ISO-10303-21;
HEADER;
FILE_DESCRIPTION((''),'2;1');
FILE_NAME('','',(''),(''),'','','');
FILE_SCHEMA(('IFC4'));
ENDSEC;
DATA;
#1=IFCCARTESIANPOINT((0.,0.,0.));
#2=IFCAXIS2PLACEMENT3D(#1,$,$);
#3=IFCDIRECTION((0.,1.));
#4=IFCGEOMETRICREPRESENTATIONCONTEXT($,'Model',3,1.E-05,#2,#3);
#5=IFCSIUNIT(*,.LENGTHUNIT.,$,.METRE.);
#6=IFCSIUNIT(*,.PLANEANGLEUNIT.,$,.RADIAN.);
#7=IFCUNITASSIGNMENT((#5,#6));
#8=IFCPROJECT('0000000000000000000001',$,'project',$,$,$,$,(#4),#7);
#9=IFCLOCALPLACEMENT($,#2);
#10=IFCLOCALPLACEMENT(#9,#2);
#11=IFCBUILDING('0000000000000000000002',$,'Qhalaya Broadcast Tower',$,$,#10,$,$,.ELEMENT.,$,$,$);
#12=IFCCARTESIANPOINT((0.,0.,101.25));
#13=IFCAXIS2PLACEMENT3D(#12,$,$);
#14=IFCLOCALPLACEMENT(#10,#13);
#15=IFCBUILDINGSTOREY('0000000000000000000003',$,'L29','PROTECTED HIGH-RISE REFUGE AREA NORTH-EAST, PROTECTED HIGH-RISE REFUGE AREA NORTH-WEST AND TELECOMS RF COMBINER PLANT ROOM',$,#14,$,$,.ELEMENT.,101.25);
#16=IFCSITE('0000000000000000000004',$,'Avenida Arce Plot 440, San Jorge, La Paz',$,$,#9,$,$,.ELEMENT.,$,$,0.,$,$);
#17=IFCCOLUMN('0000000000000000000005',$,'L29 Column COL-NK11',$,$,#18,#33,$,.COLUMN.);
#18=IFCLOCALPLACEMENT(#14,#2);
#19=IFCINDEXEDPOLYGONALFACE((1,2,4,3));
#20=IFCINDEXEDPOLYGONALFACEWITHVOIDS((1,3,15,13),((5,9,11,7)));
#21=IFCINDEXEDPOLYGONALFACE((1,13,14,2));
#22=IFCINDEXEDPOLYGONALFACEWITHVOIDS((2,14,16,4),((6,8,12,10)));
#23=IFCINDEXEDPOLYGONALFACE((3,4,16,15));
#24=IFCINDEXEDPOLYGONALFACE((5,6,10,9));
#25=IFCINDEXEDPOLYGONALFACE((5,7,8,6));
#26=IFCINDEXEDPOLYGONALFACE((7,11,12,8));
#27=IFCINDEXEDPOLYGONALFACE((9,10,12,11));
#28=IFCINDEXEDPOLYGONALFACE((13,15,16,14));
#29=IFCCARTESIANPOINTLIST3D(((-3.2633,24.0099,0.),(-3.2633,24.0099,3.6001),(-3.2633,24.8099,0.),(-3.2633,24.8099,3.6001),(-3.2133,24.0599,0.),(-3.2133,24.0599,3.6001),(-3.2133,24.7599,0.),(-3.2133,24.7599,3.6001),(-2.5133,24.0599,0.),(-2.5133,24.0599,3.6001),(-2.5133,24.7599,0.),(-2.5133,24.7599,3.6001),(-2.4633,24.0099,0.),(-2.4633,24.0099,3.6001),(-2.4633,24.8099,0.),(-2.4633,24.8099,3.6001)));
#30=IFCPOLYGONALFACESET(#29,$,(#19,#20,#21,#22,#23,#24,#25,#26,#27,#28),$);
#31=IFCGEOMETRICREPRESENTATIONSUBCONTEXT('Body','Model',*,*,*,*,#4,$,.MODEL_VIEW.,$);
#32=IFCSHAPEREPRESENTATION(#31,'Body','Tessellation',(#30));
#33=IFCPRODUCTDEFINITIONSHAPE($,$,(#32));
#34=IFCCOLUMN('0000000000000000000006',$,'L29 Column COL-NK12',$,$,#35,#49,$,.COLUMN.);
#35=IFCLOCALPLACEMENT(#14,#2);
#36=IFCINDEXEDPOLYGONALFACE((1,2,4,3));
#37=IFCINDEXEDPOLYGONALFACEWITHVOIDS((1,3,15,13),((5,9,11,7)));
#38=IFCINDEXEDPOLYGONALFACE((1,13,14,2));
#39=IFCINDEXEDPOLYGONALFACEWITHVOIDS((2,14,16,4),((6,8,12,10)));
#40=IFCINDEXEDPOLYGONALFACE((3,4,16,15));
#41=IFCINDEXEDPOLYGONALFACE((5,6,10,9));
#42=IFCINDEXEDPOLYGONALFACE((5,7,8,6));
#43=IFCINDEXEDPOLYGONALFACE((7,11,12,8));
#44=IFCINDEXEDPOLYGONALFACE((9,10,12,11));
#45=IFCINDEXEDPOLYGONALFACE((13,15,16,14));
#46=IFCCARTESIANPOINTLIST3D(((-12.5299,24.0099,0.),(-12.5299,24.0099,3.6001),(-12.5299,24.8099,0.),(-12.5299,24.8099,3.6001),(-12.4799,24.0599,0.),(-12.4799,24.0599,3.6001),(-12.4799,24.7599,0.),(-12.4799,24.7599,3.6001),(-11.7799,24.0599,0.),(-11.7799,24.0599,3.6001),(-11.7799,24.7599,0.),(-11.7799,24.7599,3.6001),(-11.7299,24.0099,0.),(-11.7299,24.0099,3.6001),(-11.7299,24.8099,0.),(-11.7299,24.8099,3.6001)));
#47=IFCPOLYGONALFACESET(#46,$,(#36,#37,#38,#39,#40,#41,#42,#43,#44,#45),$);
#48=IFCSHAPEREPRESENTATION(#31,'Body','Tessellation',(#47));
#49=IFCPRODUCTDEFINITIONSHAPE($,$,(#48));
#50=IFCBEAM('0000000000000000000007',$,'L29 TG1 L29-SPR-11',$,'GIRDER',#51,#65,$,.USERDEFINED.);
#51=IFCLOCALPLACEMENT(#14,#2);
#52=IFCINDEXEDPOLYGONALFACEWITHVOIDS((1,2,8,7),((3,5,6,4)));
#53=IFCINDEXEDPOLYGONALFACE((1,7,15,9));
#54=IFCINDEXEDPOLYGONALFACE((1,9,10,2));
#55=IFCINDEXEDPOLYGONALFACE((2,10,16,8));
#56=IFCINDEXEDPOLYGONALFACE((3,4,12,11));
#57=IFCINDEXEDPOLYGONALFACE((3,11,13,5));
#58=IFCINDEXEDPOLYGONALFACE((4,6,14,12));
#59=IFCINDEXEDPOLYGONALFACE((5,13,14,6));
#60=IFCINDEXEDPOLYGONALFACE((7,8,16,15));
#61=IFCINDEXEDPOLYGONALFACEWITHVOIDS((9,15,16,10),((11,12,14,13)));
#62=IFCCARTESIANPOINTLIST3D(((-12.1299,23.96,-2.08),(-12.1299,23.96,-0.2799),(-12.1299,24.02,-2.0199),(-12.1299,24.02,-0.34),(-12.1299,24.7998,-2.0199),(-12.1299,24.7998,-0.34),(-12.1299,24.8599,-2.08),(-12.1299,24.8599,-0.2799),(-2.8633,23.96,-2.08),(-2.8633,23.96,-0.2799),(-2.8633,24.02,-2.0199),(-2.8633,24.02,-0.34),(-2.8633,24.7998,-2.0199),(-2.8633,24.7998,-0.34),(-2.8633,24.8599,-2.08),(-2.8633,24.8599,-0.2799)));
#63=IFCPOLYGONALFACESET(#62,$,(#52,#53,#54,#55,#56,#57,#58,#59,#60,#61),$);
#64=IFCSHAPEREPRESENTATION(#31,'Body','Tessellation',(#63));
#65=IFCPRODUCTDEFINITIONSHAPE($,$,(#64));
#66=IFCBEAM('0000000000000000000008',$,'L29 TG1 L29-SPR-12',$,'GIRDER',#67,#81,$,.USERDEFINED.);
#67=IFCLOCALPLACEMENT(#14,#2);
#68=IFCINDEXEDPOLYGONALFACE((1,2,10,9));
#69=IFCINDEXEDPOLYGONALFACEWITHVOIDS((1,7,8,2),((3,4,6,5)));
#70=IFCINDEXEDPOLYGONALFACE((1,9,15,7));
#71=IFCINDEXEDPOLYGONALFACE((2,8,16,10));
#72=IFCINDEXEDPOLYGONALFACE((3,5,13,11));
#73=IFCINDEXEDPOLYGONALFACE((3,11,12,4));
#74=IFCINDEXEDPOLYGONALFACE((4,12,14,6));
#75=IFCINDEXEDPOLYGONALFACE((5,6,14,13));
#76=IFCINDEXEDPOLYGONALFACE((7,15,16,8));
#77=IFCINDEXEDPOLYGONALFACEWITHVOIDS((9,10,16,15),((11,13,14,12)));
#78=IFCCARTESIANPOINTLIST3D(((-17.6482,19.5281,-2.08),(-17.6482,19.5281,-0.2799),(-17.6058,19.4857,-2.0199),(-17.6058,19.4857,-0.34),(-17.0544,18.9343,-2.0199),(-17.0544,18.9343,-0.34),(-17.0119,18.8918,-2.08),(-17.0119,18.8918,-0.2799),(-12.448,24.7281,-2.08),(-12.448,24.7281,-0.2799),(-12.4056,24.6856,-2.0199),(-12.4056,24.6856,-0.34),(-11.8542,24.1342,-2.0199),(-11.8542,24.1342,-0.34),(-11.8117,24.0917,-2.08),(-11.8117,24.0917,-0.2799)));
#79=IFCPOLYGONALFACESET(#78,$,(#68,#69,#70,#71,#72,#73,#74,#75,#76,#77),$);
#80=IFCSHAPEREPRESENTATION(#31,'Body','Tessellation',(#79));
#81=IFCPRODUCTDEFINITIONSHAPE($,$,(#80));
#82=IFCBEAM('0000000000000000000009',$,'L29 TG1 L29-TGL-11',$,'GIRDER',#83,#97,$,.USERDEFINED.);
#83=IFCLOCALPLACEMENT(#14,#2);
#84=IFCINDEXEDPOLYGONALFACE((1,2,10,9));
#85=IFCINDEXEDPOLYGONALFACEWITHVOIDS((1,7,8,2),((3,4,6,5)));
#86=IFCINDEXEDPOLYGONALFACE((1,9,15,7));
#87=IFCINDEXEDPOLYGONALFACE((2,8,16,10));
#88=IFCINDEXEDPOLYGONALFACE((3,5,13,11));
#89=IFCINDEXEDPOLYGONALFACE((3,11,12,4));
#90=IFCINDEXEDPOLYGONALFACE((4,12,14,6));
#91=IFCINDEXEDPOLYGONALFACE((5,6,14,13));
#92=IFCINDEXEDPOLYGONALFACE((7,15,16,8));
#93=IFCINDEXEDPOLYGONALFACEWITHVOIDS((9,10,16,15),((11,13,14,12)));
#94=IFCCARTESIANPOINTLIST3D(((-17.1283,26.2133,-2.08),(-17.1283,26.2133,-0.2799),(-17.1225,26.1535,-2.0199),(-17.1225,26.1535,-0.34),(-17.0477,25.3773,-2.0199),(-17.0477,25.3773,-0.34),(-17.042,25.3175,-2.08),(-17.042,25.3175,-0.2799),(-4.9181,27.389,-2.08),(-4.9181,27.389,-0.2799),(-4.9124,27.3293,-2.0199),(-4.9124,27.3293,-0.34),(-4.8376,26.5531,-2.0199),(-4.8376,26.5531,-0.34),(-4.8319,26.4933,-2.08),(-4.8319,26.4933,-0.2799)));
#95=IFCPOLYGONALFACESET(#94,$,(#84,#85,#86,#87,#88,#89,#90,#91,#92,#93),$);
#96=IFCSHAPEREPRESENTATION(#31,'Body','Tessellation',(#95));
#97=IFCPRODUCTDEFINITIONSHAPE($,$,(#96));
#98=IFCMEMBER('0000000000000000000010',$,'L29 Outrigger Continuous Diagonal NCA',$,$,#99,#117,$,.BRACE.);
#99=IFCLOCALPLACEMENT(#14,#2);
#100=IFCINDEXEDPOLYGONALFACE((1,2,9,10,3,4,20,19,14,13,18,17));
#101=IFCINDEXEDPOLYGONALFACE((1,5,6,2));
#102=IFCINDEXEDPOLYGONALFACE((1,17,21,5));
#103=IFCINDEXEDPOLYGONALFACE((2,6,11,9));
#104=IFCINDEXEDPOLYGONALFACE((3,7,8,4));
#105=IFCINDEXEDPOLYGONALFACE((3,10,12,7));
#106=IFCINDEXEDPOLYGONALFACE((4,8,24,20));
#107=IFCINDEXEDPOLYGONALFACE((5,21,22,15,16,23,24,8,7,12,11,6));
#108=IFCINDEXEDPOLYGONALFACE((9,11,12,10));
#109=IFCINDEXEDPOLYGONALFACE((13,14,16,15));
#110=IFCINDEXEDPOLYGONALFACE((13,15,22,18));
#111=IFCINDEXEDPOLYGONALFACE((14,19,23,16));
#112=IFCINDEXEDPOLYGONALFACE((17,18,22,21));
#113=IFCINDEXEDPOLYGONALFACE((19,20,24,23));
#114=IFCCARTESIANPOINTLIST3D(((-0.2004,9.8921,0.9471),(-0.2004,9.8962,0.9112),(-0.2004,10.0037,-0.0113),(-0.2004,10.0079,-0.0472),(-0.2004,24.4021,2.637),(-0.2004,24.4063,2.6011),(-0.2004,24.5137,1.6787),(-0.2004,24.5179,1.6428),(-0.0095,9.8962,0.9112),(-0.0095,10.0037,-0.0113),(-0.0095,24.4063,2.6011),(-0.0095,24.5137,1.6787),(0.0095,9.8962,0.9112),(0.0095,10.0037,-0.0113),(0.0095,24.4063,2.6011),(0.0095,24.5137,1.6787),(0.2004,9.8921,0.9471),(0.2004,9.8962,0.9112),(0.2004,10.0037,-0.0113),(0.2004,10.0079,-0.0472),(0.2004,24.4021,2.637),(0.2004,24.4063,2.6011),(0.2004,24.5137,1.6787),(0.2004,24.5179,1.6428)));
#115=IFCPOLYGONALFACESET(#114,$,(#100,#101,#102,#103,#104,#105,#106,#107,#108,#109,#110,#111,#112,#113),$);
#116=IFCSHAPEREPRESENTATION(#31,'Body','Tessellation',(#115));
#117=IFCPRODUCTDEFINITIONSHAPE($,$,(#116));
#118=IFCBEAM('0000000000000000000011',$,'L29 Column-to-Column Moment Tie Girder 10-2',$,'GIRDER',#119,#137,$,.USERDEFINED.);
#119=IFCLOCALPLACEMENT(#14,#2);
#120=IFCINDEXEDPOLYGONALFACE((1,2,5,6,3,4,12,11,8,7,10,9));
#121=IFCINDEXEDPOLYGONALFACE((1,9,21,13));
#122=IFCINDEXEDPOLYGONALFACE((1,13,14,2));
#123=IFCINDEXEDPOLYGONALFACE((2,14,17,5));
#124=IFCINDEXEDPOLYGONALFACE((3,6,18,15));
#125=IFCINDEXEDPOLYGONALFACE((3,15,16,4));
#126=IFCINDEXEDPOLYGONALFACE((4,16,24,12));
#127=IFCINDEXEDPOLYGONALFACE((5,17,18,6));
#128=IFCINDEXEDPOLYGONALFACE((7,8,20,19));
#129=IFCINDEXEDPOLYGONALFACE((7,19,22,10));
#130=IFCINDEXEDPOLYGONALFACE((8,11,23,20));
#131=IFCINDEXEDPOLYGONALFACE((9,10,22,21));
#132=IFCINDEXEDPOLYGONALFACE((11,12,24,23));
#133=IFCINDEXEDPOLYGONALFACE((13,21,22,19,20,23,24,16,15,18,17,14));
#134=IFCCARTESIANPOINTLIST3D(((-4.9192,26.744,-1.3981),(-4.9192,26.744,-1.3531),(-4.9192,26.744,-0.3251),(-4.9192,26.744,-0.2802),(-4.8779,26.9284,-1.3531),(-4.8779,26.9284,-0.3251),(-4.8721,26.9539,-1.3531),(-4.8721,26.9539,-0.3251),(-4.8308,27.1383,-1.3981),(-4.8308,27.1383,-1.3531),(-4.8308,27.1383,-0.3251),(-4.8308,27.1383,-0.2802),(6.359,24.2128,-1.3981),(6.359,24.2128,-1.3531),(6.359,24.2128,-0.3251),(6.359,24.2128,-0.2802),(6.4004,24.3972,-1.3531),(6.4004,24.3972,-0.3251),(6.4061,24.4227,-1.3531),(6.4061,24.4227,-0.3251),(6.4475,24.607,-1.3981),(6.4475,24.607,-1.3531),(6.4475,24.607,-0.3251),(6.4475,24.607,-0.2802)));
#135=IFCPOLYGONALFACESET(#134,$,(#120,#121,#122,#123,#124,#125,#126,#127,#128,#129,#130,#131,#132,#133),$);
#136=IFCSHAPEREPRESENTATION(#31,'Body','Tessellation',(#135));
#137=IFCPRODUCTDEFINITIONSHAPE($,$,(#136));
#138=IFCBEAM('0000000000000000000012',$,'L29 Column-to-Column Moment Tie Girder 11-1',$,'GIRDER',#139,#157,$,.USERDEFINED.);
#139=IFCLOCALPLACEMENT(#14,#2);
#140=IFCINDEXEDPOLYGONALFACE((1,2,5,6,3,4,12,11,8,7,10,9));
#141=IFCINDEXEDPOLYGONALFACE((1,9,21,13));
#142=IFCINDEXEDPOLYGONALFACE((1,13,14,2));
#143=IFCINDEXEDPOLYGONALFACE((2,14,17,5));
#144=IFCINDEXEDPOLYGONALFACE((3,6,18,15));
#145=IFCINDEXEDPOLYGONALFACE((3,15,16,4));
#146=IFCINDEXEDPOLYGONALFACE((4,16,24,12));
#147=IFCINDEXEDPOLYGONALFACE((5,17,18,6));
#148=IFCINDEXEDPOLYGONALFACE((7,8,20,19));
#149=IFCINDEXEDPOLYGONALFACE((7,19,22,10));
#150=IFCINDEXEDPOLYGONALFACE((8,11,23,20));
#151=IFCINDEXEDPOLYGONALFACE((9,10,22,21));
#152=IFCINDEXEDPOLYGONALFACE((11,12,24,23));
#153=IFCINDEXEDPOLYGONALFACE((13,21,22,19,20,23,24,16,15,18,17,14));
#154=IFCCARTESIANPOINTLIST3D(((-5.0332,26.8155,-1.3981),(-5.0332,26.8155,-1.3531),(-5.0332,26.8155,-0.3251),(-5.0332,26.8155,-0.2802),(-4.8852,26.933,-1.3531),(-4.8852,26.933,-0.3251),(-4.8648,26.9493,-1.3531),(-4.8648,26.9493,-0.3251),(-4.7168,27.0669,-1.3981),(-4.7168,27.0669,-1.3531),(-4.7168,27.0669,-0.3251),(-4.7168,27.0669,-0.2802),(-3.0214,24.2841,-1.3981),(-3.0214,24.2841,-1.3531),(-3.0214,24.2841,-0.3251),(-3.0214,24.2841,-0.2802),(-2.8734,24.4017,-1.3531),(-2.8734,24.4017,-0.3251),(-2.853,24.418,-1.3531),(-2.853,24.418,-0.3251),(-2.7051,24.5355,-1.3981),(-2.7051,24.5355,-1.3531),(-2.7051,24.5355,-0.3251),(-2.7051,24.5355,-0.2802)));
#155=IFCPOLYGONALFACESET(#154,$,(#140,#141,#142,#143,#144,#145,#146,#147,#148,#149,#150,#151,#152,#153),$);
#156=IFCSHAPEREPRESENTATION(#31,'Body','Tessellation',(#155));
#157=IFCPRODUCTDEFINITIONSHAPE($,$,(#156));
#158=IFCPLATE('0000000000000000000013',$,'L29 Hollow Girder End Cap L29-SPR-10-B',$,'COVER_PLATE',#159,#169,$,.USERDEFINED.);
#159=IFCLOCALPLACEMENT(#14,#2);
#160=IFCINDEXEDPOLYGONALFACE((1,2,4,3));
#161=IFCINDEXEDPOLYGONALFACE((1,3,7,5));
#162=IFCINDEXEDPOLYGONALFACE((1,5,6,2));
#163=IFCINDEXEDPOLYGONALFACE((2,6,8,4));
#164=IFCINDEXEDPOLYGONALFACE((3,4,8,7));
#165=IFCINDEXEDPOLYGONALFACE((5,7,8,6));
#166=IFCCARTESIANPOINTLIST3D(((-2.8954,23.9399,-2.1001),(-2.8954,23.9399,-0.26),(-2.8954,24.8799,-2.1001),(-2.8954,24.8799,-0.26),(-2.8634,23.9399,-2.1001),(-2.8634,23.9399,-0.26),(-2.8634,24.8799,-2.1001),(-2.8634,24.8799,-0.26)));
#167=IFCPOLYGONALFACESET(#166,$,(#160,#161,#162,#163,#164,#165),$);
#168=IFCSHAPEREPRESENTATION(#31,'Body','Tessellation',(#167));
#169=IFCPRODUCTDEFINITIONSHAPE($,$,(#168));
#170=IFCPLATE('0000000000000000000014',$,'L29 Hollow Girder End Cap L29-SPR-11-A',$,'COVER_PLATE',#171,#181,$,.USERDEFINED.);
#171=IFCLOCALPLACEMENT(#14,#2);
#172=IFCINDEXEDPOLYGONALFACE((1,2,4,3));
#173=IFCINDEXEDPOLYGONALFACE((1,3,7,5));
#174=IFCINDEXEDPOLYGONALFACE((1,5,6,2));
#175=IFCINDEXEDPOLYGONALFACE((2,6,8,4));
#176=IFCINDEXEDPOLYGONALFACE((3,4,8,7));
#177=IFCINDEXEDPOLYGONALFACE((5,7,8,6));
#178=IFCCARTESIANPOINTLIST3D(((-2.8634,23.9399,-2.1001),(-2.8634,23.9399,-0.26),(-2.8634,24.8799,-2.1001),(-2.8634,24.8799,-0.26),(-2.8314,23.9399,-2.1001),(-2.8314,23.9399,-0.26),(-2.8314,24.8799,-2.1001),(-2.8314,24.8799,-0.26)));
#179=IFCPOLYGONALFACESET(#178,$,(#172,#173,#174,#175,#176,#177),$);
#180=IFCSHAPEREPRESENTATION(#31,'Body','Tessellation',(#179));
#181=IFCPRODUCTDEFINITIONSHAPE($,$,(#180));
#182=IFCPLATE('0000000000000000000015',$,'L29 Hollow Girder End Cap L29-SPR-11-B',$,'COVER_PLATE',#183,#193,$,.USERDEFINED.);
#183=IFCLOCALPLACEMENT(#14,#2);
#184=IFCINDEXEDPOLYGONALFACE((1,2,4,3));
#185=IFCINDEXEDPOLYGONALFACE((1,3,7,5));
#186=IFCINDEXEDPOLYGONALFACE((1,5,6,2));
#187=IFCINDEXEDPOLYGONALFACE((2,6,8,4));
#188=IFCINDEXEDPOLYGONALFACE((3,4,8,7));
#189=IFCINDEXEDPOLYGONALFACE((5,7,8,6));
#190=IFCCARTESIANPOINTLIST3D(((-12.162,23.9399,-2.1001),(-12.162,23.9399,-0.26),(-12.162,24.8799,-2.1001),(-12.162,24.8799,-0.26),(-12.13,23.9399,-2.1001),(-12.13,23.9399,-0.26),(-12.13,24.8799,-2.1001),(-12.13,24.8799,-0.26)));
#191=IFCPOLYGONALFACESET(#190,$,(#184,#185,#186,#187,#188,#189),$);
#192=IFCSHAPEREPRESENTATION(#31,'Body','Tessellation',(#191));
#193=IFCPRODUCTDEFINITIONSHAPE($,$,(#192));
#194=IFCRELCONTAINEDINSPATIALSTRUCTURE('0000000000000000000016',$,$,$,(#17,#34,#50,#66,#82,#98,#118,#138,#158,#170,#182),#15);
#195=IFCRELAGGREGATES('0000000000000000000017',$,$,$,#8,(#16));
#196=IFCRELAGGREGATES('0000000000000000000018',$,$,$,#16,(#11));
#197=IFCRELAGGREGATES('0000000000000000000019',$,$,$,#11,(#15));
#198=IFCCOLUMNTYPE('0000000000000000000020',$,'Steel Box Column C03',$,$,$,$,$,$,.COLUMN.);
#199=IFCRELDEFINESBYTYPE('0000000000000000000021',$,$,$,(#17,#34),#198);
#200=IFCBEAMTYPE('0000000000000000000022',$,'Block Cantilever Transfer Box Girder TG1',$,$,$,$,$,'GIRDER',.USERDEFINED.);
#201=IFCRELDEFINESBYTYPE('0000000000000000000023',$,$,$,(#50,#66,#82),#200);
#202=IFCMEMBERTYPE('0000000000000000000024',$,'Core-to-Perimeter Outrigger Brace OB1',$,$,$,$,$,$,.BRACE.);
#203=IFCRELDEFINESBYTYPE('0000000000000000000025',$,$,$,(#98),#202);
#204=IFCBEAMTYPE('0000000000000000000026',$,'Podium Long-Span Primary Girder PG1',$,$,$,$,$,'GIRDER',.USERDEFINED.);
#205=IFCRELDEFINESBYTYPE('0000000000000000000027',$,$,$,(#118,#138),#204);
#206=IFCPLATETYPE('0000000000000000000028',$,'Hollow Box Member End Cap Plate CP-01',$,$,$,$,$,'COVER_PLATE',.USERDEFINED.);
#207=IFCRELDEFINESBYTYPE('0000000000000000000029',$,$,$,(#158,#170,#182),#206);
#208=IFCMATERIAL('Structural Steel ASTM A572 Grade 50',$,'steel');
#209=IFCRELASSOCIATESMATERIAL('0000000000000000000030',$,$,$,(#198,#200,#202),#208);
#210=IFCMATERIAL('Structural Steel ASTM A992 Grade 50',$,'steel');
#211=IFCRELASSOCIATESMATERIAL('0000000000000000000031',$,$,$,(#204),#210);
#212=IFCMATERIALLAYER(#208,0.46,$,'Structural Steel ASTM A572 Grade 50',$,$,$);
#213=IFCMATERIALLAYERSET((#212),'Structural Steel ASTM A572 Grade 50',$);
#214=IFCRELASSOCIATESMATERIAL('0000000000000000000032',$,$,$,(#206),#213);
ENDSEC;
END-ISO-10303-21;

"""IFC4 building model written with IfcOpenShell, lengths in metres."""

from ifc_helpers import new_model, si_unit, direction, frame, origin, origin_2d, place, context, subcontext, project, spatial, rectangle, hollow_rectangle, i_section, extrude, material, layer, layer_set, material_profile, profile_set, type_object, element, save


model = new_model("IFC4")

# Units and contexts
model_context = context("Model", 3, precision=1e-05, world=origin(), true_north=direction((0.0, 1.0)))
body_context = subcontext(model_context, "Body", "Model", "MODEL_VIEW")
ifc_project = project(units=[si_unit("LENGTHUNIT", "METRE"), si_unit("PLANEANGLEUNIT", "RADIAN")], contexts=[model_context])

# Site, building, storey
site_placement = place(None, origin())
site = spatial("IfcSite", under=ifc_project, at=site_placement, Name="Avenida Arce Plot 440, San Jorge, La Paz", CompositionType="ELEMENT", RefElevation=0.0)
building_placement = place(site_placement, origin())
building = spatial("IfcBuilding", under=site, at=building_placement, Name="Qhalaya Broadcast Tower", CompositionType="ELEMENT")
storey_placement = place(building_placement, frame((0.0, 0.0, 101.25)))
storey = spatial("IfcBuildingStorey", under=building, at=storey_placement, Name="L29", Description="PROTECTED HIGH-RISE REFUGE AREA NORTH-EAST, PROTECTED HIGH-RISE REFUGE AREA NORTH-WEST AND TELECOMS RF COMBINER PLANT ROOM", CompositionType="ELEMENT", Elevation=101.25)

# Columns
ifc_material_1 = material(Name="Structural Steel ASTM A572 Grade 50", Category="steel")
ifc_material_profile_1 = material_profile(ifc_material_1, hollow_rectangle(XDim=0.8, YDim=0.8, WallThickness=0.05, at=origin_2d()), Name="BOX 800x800x50")
ifc_profile_set_1 = profile_set([ifc_material_profile_1], Name="Structural Steel ASTM A572 Grade 50")
column_type = type_object("IfcColumnType", Name="Steel Box Column C03", PredefinedType="COLUMN", material=ifc_profile_set_1)
for number, where, z_axis, x_axis, name in (
    (1, (-2.8633, 24.4099, 0.0), (0.0, 0.0, 1.0), (1.0, 0.0, 0.0), "L29 Column COL-NK11"),
    (2, (-12.1299, 24.4099, 0.0), (0.0, 0.0, 1.0), (1.0, 0.0, 0.0), "L29 Column COL-NK12"),
):
    element("IfcColumn", number, at=place(storey_placement, frame(where, z_axis=z_axis, x_axis=x_axis)), inside=storey, type_object=column_type, Name=name, PredefinedType="COLUMN", context=body_context, shape_type="SweptSolid", body=[
        extrude(hollow_rectangle(XDim=0.8, YDim=0.8, WallThickness=0.05, at=origin_2d()), origin(), (0.0, 0.0, 1.0), 3.6001),
    ])

# Beams
ifc_material_profile_2 = material_profile(ifc_material_1, hollow_rectangle(XDim=0.8999, YDim=1.8, WallThickness=0.0601, at=origin_2d()), Name="BOX 900x1800x60")
ifc_profile_set_2 = profile_set([ifc_material_profile_2], Name="Structural Steel ASTM A572 Grade 50")
beam_type_1 = type_object("IfcBeamType", Name="Block Cantilever Transfer Box Girder TG1", ElementType="GIRDER", PredefinedType="USERDEFINED", material=ifc_profile_set_2)
beam_1_placement = place(storey_placement, frame((-2.8633, 24.4099, -1.1799), z_axis=(-1.0, 0.0, 0.0), x_axis=(0.0, -1.0, 0.0)))
element("IfcBeam", 3, at=beam_1_placement, inside=storey, type_object=beam_type_1, Name="L29 TG1 L29-SPR-11", ObjectType="GIRDER", PredefinedType="USERDEFINED", context=body_context, shape_type="SweptSolid", body=[
    extrude(hollow_rectangle(XDim=0.8999, YDim=1.8, WallThickness=0.0601, at=origin_2d()), origin(), (0.0, 0.0, 1.0), 9.2666),
])
beam_2_placement = place(storey_placement, frame((-12.1299, 24.4099, -1.1799), z_axis=(-0.707123, -0.70709, 0.0), x_axis=(0.70709, -0.707123, 0.0)))
element("IfcBeam", 4, at=beam_2_placement, inside=storey, type_object=beam_type_1, Name="L29 TG1 L29-SPR-12", ObjectType="GIRDER", PredefinedType="USERDEFINED", context=body_context, shape_type="SweptSolid", body=[
    extrude(hollow_rectangle(XDim=0.8999, YDim=1.8, WallThickness=0.0601, at=origin_2d()), origin(), (0.0, 0.0, 1.0), 7.354),
])
beam_3_placement = place(storey_placement, frame((-4.875, 26.9412, -1.1799), z_axis=(-0.995396, -0.095852, 0.0), x_axis=(0.095852, -0.995396, 0.0)))
element("IfcBeam", 5, at=beam_3_placement, inside=storey, type_object=beam_type_1, Name="L29 TG1 L29-TGL-11", ObjectType="GIRDER", PredefinedType="USERDEFINED", context=body_context, shape_type="SweptSolid", body=[
    extrude(hollow_rectangle(XDim=0.8999, YDim=1.8, WallThickness=0.0601, at=origin_2d()), origin(), (0.0, 0.0, 1.0), 12.2666),
])

# Member
ifc_material_profile_3 = material_profile(ifc_material_1, i_section(OverallWidth=0.4009, OverallDepth=1.001, WebThickness=0.019, FlangeThickness=0.0361, at=origin_2d()), Name="W40X249")
ifc_profile_set_3 = profile_set([ifc_material_profile_3], Name="Structural Steel ASTM A572 Grade 50")
member_type = type_object("IfcMemberType", Name="Core-to-Perimeter Outrigger Brace OB1", PredefinedType="BRACE", material=ifc_profile_set_3)
member_placement = place(storey_placement, frame((0.0, 9.95, 0.45), z_axis=(0.0, 0.993286, 0.115685), x_axis=(-1.0, 0.0, 0.0)))
element("IfcMember", 6, at=member_placement, inside=storey, type_object=member_type, Name="L29 Outrigger Continuous Diagonal NCA", PredefinedType="BRACE", context=body_context, shape_type="SweptSolid", body=[
    extrude(i_section(OverallWidth=0.4009, OverallDepth=1.001, WebThickness=0.019, FlangeThickness=0.0361, at=origin_2d()), origin(), (0.0, 0.0, 1.0), 14.6082),
])

# Beams
ifc_material_2 = material(Name="Structural Steel ASTM A992 Grade 50", Category="steel")
ifc_material_profile_4 = material_profile(ifc_material_2, i_section(OverallWidth=0.4041, OverallDepth=1.1179, WebThickness=0.0261, FlangeThickness=0.0449, at=origin_2d()), Name="W44X335")
ifc_profile_set_4 = profile_set([ifc_material_profile_4], Name="Structural Steel ASTM A992 Grade 50")
beam_type_2 = type_object("IfcBeamType", Name="Podium Long-Span Primary Girder PG1", ElementType="GIRDER", PredefinedType="USERDEFINED", material=ifc_profile_set_4)
beam_4_placement = place(storey_placement, frame((-4.875, 26.9412, -0.8391), z_axis=(0.975728, -0.218987, 0.0), x_axis=(0.218987, 0.975728, 0.0)))
element("IfcBeam", 7, at=beam_4_placement, inside=storey, type_object=beam_type_2, Name="L29 Column-to-Column Moment Tie Girder 10-2", ObjectType="GIRDER", PredefinedType="USERDEFINED", context=body_context, shape_type="SweptSolid", body=[
    extrude(i_section(OverallWidth=0.4041, OverallDepth=1.1179, WebThickness=0.0261, FlangeThickness=0.0449, at=origin_2d()), origin(), (0.0, 0.0, 1.0), 11.5588),
])
beam_5_placement = place(storey_placement, frame((-4.875, 26.9412, -0.8391), z_axis=(0.622187, -0.782869, 0.0), x_axis=(0.782869, 0.622187, 0.0)))
element("IfcBeam", 8, at=beam_5_placement, inside=storey, type_object=beam_type_2, Name="L29 Column-to-Column Moment Tie Girder 11-1", ObjectType="GIRDER", PredefinedType="USERDEFINED", context=body_context, shape_type="SweptSolid", body=[
    extrude(i_section(OverallWidth=0.4041, OverallDepth=1.1179, WebThickness=0.0261, FlangeThickness=0.0449, at=origin_2d()), origin(), (0.0, 0.0, 1.0), 3.2334),
])

# Plates
ifc_layer_1 = layer(ifc_material_1, 0.46, Name="Structural Steel ASTM A572 Grade 50")
ifc_layer_set_1 = layer_set([ifc_layer_1], Name="Structural Steel ASTM A572 Grade 50")
plate_type = type_object("IfcPlateType", Name="Hollow Box Member End Cap Plate CP-01", ElementType="COVER_PLATE", PredefinedType="USERDEFINED", material=ifc_layer_set_1)
for number, where, z_axis, x_axis, name in (
    (9, (-2.8794, 24.4099, -2.1001), (0.0, 0.0, 1.0), (0.0, -1.0, 0.0), "L29 Hollow Girder End Cap L29-SPR-10-B"),
    (10, (-2.8474, 24.4099, -2.1001), (0.0, 0.0, 1.0), (0.0, -1.0, 0.0), "L29 Hollow Girder End Cap L29-SPR-11-A"),
    (11, (-12.146, 24.4099, -2.1001), (0.0, 0.0, 1.0), (0.0, -1.0, 0.0), "L29 Hollow Girder End Cap L29-SPR-11-B"),
):
    element("IfcPlate", number, at=place(storey_placement, frame(where, z_axis=z_axis, x_axis=x_axis)), inside=storey, type_object=plate_type, Name=name, ObjectType="COVER_PLATE", PredefinedType="USERDEFINED", context=body_context, shape_type="SweptSolid", body=[
        extrude(rectangle(XDim=0.9399, YDim=0.032, at=origin_2d()), origin(), (0.0, 0.0, 1.0), 1.8401),
    ])

save(model, "model.ifc")
